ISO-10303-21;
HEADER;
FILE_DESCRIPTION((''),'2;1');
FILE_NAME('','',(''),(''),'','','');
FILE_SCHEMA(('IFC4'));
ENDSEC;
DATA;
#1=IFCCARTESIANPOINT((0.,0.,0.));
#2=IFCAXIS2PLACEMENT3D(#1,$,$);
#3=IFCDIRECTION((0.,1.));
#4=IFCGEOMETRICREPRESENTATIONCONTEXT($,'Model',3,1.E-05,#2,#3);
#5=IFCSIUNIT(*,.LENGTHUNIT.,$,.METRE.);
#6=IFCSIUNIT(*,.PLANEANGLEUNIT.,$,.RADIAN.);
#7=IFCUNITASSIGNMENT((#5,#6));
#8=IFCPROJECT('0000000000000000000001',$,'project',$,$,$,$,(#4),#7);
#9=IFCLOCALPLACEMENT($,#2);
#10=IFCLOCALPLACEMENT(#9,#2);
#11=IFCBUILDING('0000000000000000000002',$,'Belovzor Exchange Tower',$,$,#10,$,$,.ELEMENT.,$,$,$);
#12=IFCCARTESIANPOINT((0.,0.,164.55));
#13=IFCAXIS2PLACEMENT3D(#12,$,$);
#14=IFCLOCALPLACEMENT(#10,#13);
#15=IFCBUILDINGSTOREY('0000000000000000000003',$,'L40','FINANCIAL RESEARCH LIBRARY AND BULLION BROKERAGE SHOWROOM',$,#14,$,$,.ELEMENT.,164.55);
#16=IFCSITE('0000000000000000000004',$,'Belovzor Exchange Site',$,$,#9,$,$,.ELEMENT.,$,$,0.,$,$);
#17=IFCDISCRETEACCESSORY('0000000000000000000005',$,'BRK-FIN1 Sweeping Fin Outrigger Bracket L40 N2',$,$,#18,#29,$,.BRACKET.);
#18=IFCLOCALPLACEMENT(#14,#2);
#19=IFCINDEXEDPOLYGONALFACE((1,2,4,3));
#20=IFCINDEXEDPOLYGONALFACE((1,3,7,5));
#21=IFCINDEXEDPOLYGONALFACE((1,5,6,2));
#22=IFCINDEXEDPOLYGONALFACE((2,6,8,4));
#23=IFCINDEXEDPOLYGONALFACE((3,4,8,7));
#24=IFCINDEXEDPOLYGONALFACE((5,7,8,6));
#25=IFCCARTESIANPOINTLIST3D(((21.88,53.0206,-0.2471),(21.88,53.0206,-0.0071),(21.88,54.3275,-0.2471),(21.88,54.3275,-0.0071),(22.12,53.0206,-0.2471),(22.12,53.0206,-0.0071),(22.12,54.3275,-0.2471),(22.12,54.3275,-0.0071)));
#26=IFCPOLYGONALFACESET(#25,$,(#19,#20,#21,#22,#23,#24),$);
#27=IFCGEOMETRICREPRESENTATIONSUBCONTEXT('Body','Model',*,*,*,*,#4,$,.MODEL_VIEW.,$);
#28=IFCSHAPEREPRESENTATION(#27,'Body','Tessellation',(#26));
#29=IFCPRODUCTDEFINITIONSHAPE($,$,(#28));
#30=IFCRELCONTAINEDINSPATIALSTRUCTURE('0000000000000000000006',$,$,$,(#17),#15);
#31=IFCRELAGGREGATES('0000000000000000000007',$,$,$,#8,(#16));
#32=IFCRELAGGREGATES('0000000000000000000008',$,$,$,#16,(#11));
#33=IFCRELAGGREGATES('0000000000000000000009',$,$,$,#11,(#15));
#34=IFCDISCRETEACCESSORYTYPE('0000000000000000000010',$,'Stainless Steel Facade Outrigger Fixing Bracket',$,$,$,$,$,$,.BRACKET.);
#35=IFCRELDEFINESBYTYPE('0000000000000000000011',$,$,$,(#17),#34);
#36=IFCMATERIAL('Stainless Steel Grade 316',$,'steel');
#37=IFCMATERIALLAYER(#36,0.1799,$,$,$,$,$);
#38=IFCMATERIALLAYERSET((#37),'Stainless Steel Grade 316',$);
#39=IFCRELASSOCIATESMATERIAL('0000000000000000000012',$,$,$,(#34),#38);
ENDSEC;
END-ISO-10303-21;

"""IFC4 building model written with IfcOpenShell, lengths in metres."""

from ifc_helpers import new_model, si_unit, direction, frame, origin, origin_2d, place, context, subcontext, project, spatial, rectangle, extrude, material, layer, layer_set, type_object, element, save


model = new_model("IFC4")

# Units and contexts
model_context = context("Model", 3, precision=1e-05, world=origin(), true_north=direction((0.0, 1.0)))
body_context = subcontext(model_context, "Body", "Model", "MODEL_VIEW")
ifc_project = project(units=[si_unit("LENGTHUNIT", "METRE"), si_unit("PLANEANGLEUNIT", "RADIAN")], contexts=[model_context])

# Site, building, storey
site_placement = place(None, origin())
site = spatial("IfcSite", under=ifc_project, at=site_placement, Name="Belovzor Exchange Site", CompositionType="ELEMENT", RefElevation=0.0)
building_placement = place(site_placement, origin())
building = spatial("IfcBuilding", under=site, at=building_placement, Name="Belovzor Exchange Tower", CompositionType="ELEMENT")
storey_placement = place(building_placement, frame((0.0, 0.0, 164.55)))
storey = spatial("IfcBuildingStorey", under=building, at=storey_placement, Name="L40", Description="FINANCIAL RESEARCH LIBRARY AND BULLION BROKERAGE SHOWROOM", CompositionType="ELEMENT", Elevation=164.55)

# Discrete accessory
ifc_material_1 = material(Name="Stainless Steel Grade 316", Category="steel")
ifc_layer_1 = layer(ifc_material_1, 0.1799)
ifc_layer_set_1 = layer_set([ifc_layer_1], Name="Stainless Steel Grade 316")
discrete_accessory_type = type_object("IfcDiscreteAccessoryType", Name="Stainless Steel Facade Outrigger Fixing Bracket", PredefinedType="BRACKET", material=ifc_layer_set_1)
for number, where, z_axis, x_axis, name in (
    (1, (22.0, 53.6741, -0.2471), (0.0, 0.0, 1.0), (0.0, 1.0, 0.0), "BRK-FIN1 Sweeping Fin Outrigger Bracket L40 N2"),
):
    element("IfcDiscreteAccessory", number, at=place(storey_placement, frame(where, z_axis=z_axis, x_axis=x_axis)), inside=storey, type_object=discrete_accessory_type, Name=name, PredefinedType="BRACKET", context=body_context, shape_type="SweptSolid", body=[
        extrude(rectangle(XDim=1.3069, YDim=0.24, at=origin_2d()), origin(), (0.0, 0.0, 1.0), 0.24),
    ])

save(model, "model.ifc")
